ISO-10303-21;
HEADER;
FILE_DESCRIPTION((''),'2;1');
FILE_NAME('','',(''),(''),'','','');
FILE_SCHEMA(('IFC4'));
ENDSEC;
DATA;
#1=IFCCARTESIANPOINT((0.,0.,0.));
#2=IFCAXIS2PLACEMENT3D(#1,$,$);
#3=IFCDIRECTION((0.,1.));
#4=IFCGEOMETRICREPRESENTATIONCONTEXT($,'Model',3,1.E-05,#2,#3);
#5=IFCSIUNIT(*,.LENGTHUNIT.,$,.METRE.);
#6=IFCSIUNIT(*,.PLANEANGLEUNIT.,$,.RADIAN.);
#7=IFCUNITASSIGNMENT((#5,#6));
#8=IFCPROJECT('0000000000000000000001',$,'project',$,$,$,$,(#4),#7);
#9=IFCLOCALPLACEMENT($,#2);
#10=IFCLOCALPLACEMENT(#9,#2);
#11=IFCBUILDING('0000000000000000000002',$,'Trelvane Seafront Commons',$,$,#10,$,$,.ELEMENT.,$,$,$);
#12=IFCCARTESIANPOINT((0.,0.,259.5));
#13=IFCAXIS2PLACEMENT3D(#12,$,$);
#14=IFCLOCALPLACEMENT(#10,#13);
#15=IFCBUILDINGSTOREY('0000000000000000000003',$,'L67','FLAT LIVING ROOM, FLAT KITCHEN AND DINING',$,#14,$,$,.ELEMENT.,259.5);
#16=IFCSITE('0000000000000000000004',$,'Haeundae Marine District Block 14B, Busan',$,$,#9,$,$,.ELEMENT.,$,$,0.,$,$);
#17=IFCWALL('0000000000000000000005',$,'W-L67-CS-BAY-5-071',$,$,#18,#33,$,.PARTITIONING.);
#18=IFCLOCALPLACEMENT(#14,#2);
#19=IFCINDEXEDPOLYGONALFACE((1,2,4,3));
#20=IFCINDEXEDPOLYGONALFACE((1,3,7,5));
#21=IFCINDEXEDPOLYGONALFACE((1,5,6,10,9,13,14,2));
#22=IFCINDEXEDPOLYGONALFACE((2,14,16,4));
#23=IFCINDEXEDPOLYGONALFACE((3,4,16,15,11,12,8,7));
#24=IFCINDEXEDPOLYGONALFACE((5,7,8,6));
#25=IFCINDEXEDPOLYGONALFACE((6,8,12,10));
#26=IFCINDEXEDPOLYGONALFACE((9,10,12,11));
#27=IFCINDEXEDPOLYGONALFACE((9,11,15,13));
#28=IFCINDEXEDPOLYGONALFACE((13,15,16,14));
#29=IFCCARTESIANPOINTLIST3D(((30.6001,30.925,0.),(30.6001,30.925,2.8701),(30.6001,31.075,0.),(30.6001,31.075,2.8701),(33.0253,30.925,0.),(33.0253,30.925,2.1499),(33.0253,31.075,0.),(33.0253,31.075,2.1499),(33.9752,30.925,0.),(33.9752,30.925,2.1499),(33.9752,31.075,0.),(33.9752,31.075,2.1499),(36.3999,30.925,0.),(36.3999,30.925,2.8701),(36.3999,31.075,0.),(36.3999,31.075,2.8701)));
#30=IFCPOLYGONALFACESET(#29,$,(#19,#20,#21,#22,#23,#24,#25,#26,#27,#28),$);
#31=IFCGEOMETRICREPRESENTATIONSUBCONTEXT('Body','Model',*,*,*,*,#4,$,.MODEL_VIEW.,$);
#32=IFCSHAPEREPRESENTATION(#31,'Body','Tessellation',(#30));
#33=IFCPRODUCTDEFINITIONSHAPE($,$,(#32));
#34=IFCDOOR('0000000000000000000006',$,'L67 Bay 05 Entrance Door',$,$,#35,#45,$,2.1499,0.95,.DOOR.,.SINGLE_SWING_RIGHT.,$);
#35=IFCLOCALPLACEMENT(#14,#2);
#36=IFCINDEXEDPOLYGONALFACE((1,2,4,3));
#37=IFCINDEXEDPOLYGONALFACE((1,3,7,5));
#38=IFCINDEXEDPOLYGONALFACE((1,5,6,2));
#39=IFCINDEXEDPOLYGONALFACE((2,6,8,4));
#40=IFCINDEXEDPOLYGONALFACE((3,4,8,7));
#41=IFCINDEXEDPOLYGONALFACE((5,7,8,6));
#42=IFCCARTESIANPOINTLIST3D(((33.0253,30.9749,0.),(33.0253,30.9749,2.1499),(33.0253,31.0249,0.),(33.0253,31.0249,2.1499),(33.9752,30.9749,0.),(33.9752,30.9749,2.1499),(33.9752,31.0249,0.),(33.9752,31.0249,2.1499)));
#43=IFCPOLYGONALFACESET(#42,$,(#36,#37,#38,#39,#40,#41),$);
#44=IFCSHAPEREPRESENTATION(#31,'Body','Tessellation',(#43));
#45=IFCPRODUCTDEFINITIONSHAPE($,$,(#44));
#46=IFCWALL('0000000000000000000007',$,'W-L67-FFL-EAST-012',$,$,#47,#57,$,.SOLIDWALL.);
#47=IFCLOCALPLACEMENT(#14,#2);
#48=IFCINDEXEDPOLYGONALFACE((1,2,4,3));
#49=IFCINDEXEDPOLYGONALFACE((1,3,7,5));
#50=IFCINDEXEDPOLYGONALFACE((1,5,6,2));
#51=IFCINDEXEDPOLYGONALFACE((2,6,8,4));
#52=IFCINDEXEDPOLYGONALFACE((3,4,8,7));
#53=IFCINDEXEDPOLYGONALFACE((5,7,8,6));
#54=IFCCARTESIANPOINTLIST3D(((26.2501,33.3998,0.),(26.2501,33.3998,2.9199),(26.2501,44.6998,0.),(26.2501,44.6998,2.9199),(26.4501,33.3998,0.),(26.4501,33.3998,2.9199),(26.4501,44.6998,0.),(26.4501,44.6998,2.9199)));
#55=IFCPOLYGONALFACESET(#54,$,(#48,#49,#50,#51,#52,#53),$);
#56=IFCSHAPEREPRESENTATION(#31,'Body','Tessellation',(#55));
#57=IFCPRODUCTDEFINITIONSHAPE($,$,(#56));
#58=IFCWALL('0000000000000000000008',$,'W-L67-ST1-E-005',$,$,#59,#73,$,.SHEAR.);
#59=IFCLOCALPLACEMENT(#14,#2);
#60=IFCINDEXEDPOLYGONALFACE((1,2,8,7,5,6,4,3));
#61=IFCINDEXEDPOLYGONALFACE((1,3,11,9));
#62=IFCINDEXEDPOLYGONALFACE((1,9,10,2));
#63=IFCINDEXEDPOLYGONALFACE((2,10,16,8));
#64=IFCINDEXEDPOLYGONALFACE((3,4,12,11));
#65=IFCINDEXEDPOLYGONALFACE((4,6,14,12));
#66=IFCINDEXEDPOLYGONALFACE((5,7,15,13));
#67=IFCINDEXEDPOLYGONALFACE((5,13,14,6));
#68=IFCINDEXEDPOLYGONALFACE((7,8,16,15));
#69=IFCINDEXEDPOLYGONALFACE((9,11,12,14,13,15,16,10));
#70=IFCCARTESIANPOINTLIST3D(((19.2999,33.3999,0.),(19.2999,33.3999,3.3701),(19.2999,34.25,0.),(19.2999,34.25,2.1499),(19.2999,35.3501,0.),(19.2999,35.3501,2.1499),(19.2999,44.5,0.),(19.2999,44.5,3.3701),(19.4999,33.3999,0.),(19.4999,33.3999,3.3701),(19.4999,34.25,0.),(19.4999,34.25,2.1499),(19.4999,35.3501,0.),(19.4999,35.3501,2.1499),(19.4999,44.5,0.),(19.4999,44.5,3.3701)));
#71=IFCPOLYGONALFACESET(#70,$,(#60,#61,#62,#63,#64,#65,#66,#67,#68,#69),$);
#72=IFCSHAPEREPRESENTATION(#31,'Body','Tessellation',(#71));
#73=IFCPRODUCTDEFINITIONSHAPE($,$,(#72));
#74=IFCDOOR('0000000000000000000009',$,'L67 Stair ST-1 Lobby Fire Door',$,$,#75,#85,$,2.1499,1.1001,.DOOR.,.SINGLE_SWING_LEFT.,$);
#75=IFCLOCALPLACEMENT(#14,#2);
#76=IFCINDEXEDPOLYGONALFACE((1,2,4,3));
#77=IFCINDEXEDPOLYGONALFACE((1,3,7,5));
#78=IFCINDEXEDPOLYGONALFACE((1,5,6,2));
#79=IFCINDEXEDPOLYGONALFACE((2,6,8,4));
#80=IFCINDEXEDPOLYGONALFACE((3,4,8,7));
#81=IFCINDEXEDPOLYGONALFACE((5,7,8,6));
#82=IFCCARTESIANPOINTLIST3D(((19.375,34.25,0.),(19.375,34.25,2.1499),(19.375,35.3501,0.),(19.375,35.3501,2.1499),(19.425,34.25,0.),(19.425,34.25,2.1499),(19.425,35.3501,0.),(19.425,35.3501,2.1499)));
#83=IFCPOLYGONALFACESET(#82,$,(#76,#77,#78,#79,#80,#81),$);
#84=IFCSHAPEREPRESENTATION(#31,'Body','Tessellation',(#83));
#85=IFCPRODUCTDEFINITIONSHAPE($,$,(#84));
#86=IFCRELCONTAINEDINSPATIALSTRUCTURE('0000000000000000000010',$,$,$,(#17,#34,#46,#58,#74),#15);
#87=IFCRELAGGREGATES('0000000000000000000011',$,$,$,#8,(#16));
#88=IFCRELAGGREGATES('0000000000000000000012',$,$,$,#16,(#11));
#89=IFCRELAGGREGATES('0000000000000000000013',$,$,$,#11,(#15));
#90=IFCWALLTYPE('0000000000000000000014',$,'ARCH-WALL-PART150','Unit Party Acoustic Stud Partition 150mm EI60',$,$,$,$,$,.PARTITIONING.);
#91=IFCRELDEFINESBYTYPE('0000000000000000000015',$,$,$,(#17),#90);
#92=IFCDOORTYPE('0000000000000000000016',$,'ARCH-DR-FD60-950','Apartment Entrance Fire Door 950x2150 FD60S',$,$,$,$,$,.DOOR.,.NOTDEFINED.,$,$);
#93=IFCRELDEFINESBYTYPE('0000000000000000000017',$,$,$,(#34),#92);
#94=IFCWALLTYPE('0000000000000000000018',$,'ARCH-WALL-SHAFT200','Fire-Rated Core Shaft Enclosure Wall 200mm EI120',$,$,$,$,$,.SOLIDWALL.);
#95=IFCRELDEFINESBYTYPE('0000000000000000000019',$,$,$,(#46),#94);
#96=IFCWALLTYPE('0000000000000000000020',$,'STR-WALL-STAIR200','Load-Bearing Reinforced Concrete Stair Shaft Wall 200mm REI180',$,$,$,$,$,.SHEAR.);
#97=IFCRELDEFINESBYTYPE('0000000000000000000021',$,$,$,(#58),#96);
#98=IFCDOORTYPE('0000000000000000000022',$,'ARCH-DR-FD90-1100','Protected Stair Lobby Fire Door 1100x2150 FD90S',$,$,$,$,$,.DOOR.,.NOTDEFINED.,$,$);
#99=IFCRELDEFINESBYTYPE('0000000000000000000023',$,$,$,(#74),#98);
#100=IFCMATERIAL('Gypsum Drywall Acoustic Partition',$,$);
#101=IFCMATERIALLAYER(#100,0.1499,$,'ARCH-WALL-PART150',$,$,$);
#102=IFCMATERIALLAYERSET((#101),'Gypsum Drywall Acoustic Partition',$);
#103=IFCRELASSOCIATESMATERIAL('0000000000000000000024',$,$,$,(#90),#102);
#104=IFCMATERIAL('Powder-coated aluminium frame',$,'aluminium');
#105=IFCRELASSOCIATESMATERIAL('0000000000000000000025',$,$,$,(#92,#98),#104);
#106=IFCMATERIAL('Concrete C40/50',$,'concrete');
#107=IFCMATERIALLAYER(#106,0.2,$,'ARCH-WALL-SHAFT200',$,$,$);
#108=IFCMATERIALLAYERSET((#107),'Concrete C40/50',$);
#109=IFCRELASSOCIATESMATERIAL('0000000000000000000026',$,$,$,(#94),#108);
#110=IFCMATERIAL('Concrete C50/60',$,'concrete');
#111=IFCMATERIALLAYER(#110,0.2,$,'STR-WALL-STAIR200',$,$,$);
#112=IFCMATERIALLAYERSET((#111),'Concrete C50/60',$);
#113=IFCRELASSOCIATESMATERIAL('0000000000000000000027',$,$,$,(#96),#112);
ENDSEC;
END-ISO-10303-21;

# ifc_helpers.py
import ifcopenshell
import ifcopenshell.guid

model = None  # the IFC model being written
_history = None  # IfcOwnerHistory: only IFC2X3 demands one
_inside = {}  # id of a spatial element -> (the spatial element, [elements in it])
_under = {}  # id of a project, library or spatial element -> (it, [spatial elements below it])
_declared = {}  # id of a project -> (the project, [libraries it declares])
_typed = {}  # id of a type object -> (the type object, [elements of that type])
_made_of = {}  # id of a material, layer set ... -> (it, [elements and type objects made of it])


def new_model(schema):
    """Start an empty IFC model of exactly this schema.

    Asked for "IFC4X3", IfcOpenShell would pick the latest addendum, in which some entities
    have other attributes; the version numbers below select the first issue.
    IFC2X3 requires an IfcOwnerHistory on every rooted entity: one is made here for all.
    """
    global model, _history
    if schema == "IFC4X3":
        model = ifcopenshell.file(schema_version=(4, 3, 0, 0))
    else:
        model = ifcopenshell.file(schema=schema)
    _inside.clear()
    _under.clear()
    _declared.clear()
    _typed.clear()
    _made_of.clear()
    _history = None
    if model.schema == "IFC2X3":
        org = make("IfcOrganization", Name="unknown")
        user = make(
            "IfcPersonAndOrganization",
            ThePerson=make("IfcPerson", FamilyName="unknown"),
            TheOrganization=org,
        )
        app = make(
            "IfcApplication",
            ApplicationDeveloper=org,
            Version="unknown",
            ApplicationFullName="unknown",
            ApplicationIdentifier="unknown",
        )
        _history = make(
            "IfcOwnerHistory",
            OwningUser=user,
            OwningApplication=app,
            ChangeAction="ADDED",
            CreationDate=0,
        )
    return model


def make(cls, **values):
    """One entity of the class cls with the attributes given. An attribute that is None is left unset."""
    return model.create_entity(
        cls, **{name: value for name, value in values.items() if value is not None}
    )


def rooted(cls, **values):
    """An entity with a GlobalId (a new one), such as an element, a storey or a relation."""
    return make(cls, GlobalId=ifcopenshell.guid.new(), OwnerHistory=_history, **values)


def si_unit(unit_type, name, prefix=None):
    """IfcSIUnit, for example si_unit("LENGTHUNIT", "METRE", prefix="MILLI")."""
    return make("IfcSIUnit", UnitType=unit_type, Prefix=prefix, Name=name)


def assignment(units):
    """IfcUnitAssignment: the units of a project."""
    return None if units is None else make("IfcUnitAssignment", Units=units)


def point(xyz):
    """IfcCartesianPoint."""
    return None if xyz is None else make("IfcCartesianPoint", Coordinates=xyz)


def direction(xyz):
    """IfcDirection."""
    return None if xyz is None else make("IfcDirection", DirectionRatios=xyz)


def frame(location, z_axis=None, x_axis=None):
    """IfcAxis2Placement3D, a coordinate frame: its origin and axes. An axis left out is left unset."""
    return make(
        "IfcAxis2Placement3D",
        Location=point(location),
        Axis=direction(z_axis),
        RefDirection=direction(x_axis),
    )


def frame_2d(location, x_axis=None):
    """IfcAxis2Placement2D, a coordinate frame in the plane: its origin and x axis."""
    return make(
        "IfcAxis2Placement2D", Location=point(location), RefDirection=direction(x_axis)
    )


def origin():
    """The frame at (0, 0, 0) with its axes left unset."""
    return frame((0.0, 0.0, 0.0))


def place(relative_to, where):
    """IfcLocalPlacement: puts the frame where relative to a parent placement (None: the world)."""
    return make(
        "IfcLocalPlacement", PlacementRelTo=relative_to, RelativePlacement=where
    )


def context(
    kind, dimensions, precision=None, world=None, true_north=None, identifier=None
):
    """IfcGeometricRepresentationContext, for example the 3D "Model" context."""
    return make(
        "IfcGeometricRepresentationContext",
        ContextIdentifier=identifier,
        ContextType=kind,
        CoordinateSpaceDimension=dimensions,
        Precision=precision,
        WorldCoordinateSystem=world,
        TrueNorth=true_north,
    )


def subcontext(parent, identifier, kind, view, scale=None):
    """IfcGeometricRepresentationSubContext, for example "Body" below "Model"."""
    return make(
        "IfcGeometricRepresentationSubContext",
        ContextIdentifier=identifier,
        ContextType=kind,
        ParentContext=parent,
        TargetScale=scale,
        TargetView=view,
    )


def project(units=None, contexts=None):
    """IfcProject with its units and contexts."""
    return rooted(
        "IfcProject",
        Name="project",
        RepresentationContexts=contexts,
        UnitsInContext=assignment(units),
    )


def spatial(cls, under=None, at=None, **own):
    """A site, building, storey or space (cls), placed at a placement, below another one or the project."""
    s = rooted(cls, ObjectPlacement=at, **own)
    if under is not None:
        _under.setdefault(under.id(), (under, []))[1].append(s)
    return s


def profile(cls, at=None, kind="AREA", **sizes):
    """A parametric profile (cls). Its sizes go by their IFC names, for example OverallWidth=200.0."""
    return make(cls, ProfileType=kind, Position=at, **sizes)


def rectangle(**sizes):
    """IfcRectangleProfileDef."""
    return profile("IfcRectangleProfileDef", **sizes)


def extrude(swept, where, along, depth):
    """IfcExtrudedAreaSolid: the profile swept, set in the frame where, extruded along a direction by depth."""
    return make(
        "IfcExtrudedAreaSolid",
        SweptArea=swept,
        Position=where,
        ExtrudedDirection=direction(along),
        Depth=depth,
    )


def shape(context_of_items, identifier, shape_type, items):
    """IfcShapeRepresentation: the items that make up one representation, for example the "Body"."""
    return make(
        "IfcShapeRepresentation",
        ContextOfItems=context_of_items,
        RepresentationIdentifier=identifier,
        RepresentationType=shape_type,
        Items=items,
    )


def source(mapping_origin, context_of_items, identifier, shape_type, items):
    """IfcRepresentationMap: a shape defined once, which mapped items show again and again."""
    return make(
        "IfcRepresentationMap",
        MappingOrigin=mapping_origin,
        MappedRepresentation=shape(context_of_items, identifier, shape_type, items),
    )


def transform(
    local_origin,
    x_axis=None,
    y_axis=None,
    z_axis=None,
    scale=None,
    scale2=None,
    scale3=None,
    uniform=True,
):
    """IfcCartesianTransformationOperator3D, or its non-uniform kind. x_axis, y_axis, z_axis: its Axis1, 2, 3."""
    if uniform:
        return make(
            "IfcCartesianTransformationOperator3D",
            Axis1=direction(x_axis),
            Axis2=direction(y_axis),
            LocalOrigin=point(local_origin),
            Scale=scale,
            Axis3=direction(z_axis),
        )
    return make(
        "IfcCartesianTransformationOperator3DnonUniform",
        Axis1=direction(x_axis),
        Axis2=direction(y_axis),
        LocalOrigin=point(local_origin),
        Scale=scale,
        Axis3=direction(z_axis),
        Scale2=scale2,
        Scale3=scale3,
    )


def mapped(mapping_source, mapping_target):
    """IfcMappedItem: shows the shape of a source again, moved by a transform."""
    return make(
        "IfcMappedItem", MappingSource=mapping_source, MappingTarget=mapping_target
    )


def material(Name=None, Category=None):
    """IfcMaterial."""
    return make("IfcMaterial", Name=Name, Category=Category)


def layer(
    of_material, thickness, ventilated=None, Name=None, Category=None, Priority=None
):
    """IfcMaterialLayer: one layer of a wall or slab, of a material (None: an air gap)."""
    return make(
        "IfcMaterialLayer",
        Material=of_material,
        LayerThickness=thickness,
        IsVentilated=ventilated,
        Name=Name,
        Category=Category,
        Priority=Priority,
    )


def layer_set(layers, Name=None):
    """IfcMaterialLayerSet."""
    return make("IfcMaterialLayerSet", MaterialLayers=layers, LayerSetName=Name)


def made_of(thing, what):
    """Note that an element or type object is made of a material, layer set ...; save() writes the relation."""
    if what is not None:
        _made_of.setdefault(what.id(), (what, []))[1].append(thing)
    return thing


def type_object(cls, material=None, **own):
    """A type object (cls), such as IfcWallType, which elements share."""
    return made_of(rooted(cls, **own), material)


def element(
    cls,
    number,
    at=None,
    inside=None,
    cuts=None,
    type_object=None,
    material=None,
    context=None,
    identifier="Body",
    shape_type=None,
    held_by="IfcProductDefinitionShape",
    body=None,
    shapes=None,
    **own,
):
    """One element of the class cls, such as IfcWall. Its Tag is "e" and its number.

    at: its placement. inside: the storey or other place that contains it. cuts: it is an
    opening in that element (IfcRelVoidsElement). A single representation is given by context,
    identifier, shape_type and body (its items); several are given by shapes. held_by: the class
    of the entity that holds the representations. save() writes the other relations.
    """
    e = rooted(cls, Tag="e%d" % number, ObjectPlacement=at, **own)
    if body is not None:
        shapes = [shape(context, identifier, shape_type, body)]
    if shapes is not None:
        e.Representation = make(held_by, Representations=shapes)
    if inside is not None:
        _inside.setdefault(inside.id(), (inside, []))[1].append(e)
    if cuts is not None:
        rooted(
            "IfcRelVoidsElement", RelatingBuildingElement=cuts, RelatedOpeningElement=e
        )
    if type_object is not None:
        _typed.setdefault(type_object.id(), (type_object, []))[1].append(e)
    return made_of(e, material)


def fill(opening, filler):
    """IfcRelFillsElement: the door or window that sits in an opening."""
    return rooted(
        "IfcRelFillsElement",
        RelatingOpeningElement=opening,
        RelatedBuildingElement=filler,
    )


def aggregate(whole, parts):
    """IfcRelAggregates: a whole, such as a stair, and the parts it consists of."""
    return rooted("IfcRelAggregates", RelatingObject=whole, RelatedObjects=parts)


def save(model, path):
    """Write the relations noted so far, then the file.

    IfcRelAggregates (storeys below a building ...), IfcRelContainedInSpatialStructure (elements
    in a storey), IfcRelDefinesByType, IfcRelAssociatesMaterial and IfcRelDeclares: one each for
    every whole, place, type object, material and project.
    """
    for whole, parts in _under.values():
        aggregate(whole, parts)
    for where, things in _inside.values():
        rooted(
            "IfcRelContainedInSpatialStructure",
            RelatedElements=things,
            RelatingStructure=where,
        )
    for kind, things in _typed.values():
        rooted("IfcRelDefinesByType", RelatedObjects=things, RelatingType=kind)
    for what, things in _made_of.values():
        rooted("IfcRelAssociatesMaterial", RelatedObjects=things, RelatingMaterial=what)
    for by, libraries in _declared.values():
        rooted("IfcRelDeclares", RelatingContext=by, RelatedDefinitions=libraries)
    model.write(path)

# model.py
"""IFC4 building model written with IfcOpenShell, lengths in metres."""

from ifc_helpers import new_model, si_unit, direction, frame, frame_2d, origin, place, context, subcontext, project, spatial, rectangle, extrude, source, transform, mapped, material, layer, layer_set, type_object, element, fill, save


model = new_model("IFC4")

# Units and contexts
model_context = context("Model", 3, precision=1e-05, world=origin(), true_north=direction((0.0, 1.0)))
body_context = subcontext(model_context, "Body", "Model", "MODEL_VIEW")
ifc_project = project(units=[si_unit("LENGTHUNIT", "METRE"), si_unit("PLANEANGLEUNIT", "RADIAN")], contexts=[model_context])

# Site, building, storey
site_placement = place(None, origin())
site = spatial("IfcSite", under=ifc_project, at=site_placement, Name="Haeundae Marine District Block 14B, Busan", CompositionType="ELEMENT", RefElevation=0.0)
building_placement = place(site_placement, origin())
building = spatial("IfcBuilding", under=site, at=building_placement, Name="Trelvane Seafront Commons", CompositionType="ELEMENT")
storey_placement = place(building_placement, frame((0.0, 0.0, 259.5)))
storey = spatial("IfcBuildingStorey", under=building, at=storey_placement, Name="L67", Description="FLAT LIVING ROOM, FLAT KITCHEN AND DINING", CompositionType="ELEMENT", Elevation=259.5)

# Shared definitions
ifc_material_1 = material(Name="Concrete C50/60", Category="concrete")

# Shared definitions
ifc_material_2 = material(Name="Concrete C40/50", Category="concrete")
ifc_material_3 = material(Name="Powder-coated aluminium frame", Category="aluminium")
shared_shape_1 = source(origin(), body_context, "Body", "SweptSolid", [
    extrude(rectangle(XDim=0.95, YDim=2.1499, at=frame_2d((0.4751, 1.075))), frame((0.0, 0.0249, 0.0), z_axis=(0.0, -1.0, 0.0), x_axis=(1.0, 0.0, 0.0)), (0.0, 0.0, 1.0), 0.05),
])
ifc_material_4 = material(Name="Gypsum Drywall Acoustic Partition")

# Wall, opening, door
ifc_layer_1 = layer(ifc_material_4, 0.1499, Name="ARCH-WALL-PART150")
ifc_layer_set_1 = layer_set([ifc_layer_1], Name="Gypsum Drywall Acoustic Partition")
wall_type_1 = type_object("IfcWallType", Name="ARCH-WALL-PART150", Description="Unit Party Acoustic Stud Partition 150mm EI60", PredefinedType="PARTITIONING", material=ifc_layer_set_1)
door_type_1 = type_object("IfcDoorType", Name="ARCH-DR-FD60-950", Description="Apartment Entrance Fire Door 950x2150 FD60S", OperationType="NOTDEFINED", PredefinedType="DOOR", material=ifc_material_3)
wall_1_placement = place(storey_placement, frame((30.6001, 31.0, 0.0), z_axis=(0.0, 0.0, 1.0), x_axis=(1.0, 0.0, 0.0)))
wall_1 = element("IfcWall", 1, at=wall_1_placement, inside=storey, type_object=wall_type_1, Name="W-L67-CS-BAY-5-071", PredefinedType="PARTITIONING", context=body_context, shape_type="SweptSolid", body=[
    extrude(rectangle(XDim=5.7998, YDim=0.1499, at=frame_2d((2.8999, 0.0))), origin(), (0.0, 0.0, 1.0), 2.8701),
])
opening_1_placement = place(wall_1_placement, frame((2.425, 0.0, 0.0)))
opening_1 = element("IfcOpeningElement", 2, at=opening_1_placement, cuts=wall_1, PredefinedType="OPENING", context=body_context, shape_type="SweptSolid", body=[
    extrude(rectangle(XDim=0.95, YDim=2.1499, at=frame_2d((0.4751, 1.075))), frame((0.0, 0.085, 0.0), z_axis=(0.0, -1.0, 0.0), x_axis=(1.0, 0.0, 0.0)), (0.0, 0.0, 1.0), 0.1699),
])
door_1_placement = place(opening_1_placement, origin())
door_1 = element("IfcDoor", 3, at=door_1_placement, inside=storey, type_object=door_type_1, Name="L67 Bay 05 Entrance Door", OperationType="SINGLE_SWING_RIGHT", OverallHeight=2.1499, OverallWidth=0.95, PredefinedType="DOOR", context=body_context, shape_type="MappedRepresentation", body=[
    mapped(shared_shape_1, transform((0.0, 0.0, 0.0), x_axis=(1.0, 0.0, 0.0), y_axis=(0.0, 1.0, 0.0), z_axis=(0.0, 0.0, 1.0), scale=1.0)),
])
fill(opening_1, door_1)

# Wall
ifc_layer_2 = layer(ifc_material_2, 0.2, Name="ARCH-WALL-SHAFT200")
ifc_layer_set_2 = layer_set([ifc_layer_2], Name="Concrete C40/50")
wall_type_2 = type_object("IfcWallType", Name="ARCH-WALL-SHAFT200", Description="Fire-Rated Core Shaft Enclosure Wall 200mm EI120", PredefinedType="SOLIDWALL", material=ifc_layer_set_2)
wall_2_placement = place(storey_placement, frame((26.3501, 33.3999, 0.0), z_axis=(0.0, 0.0, 1.0), x_axis=(0.0, 1.0, 0.0)))
element("IfcWall", 4, at=wall_2_placement, inside=storey, type_object=wall_type_2, Name="W-L67-FFL-EAST-012", PredefinedType="SOLIDWALL", context=body_context, shape_type="SweptSolid", body=[
    extrude(rectangle(XDim=11.3, YDim=0.2, at=frame_2d((5.6499, 0.0))), origin(), (0.0, 0.0, 1.0), 2.9199),
])

# Wall, opening, door
ifc_layer_3 = layer(ifc_material_1, 0.2, Name="STR-WALL-STAIR200")
ifc_layer_set_3 = layer_set([ifc_layer_3], Name="Concrete C50/60")
wall_type_3 = type_object("IfcWallType", Name="STR-WALL-STAIR200", Description="Load-Bearing Reinforced Concrete Stair Shaft Wall 200mm REI180", PredefinedType="SHEAR", material=ifc_layer_set_3)
wall_3_placement = place(storey_placement, frame((19.3999, 33.3999, 0.0), z_axis=(0.0, 0.0, 1.0), x_axis=(0.0, 1.0, 0.0)))
wall_3 = element("IfcWall", 5, at=wall_3_placement, inside=storey, type_object=wall_type_3, Name="W-L67-ST1-E-005", PredefinedType="SHEAR", context=body_context, shape_type="SweptSolid", body=[
    extrude(rectangle(XDim=11.1001, YDim=0.2, at=frame_2d((5.55, 0.0))), origin(), (0.0, 0.0, 1.0), 3.3701),
])
opening_2_placement = place(wall_3_placement, frame((0.8501, 0.0, 0.0)))
opening_2 = element("IfcOpeningElement", 6, at=opening_2_placement, cuts=wall_3, PredefinedType="OPENING", context=body_context, shape_type="SweptSolid", body=[
    extrude(rectangle(XDim=1.1001, YDim=2.1499, at=frame_2d((0.55, 1.075))), frame((0.0, 0.1099, 0.0), z_axis=(0.0, -1.0, 0.0), x_axis=(1.0, 0.0, 0.0)), (0.0, 0.0, 1.0), 0.22),
])
door_type_2 = type_object("IfcDoorType", Name="ARCH-DR-FD90-1100", Description="Protected Stair Lobby Fire Door 1100x2150 FD90S", OperationType="NOTDEFINED", PredefinedType="DOOR", material=ifc_material_3)
shared_shape_2 = source(origin(), body_context, "Body", "SweptSolid", [
    extrude(rectangle(XDim=1.1001, YDim=2.1499, at=frame_2d((0.55, 1.075))), frame((0.0, 0.0249, 0.0), z_axis=(0.0, -1.0, 0.0), x_axis=(1.0, 0.0, 0.0)), (0.0, 0.0, 1.0), 0.05),
])
door_2_placement = place(opening_2_placement, origin())
door_2 = element("IfcDoor", 7, at=door_2_placement, inside=storey, type_object=door_type_2, Name="L67 Stair ST-1 Lobby Fire Door", OperationType="SINGLE_SWING_LEFT", OverallHeight=2.1499, OverallWidth=1.1001, PredefinedType="DOOR", context=body_context, shape_type="MappedRepresentation", body=[
    mapped(shared_shape_2, transform((0.0, 0.0, 0.0), x_axis=(1.0, 0.0, 0.0), y_axis=(0.0, 1.0, 0.0), z_axis=(0.0, 0.0, 1.0), scale=1.0)),
])
fill(opening_2, door_2)

save(model, "model.ifc")
